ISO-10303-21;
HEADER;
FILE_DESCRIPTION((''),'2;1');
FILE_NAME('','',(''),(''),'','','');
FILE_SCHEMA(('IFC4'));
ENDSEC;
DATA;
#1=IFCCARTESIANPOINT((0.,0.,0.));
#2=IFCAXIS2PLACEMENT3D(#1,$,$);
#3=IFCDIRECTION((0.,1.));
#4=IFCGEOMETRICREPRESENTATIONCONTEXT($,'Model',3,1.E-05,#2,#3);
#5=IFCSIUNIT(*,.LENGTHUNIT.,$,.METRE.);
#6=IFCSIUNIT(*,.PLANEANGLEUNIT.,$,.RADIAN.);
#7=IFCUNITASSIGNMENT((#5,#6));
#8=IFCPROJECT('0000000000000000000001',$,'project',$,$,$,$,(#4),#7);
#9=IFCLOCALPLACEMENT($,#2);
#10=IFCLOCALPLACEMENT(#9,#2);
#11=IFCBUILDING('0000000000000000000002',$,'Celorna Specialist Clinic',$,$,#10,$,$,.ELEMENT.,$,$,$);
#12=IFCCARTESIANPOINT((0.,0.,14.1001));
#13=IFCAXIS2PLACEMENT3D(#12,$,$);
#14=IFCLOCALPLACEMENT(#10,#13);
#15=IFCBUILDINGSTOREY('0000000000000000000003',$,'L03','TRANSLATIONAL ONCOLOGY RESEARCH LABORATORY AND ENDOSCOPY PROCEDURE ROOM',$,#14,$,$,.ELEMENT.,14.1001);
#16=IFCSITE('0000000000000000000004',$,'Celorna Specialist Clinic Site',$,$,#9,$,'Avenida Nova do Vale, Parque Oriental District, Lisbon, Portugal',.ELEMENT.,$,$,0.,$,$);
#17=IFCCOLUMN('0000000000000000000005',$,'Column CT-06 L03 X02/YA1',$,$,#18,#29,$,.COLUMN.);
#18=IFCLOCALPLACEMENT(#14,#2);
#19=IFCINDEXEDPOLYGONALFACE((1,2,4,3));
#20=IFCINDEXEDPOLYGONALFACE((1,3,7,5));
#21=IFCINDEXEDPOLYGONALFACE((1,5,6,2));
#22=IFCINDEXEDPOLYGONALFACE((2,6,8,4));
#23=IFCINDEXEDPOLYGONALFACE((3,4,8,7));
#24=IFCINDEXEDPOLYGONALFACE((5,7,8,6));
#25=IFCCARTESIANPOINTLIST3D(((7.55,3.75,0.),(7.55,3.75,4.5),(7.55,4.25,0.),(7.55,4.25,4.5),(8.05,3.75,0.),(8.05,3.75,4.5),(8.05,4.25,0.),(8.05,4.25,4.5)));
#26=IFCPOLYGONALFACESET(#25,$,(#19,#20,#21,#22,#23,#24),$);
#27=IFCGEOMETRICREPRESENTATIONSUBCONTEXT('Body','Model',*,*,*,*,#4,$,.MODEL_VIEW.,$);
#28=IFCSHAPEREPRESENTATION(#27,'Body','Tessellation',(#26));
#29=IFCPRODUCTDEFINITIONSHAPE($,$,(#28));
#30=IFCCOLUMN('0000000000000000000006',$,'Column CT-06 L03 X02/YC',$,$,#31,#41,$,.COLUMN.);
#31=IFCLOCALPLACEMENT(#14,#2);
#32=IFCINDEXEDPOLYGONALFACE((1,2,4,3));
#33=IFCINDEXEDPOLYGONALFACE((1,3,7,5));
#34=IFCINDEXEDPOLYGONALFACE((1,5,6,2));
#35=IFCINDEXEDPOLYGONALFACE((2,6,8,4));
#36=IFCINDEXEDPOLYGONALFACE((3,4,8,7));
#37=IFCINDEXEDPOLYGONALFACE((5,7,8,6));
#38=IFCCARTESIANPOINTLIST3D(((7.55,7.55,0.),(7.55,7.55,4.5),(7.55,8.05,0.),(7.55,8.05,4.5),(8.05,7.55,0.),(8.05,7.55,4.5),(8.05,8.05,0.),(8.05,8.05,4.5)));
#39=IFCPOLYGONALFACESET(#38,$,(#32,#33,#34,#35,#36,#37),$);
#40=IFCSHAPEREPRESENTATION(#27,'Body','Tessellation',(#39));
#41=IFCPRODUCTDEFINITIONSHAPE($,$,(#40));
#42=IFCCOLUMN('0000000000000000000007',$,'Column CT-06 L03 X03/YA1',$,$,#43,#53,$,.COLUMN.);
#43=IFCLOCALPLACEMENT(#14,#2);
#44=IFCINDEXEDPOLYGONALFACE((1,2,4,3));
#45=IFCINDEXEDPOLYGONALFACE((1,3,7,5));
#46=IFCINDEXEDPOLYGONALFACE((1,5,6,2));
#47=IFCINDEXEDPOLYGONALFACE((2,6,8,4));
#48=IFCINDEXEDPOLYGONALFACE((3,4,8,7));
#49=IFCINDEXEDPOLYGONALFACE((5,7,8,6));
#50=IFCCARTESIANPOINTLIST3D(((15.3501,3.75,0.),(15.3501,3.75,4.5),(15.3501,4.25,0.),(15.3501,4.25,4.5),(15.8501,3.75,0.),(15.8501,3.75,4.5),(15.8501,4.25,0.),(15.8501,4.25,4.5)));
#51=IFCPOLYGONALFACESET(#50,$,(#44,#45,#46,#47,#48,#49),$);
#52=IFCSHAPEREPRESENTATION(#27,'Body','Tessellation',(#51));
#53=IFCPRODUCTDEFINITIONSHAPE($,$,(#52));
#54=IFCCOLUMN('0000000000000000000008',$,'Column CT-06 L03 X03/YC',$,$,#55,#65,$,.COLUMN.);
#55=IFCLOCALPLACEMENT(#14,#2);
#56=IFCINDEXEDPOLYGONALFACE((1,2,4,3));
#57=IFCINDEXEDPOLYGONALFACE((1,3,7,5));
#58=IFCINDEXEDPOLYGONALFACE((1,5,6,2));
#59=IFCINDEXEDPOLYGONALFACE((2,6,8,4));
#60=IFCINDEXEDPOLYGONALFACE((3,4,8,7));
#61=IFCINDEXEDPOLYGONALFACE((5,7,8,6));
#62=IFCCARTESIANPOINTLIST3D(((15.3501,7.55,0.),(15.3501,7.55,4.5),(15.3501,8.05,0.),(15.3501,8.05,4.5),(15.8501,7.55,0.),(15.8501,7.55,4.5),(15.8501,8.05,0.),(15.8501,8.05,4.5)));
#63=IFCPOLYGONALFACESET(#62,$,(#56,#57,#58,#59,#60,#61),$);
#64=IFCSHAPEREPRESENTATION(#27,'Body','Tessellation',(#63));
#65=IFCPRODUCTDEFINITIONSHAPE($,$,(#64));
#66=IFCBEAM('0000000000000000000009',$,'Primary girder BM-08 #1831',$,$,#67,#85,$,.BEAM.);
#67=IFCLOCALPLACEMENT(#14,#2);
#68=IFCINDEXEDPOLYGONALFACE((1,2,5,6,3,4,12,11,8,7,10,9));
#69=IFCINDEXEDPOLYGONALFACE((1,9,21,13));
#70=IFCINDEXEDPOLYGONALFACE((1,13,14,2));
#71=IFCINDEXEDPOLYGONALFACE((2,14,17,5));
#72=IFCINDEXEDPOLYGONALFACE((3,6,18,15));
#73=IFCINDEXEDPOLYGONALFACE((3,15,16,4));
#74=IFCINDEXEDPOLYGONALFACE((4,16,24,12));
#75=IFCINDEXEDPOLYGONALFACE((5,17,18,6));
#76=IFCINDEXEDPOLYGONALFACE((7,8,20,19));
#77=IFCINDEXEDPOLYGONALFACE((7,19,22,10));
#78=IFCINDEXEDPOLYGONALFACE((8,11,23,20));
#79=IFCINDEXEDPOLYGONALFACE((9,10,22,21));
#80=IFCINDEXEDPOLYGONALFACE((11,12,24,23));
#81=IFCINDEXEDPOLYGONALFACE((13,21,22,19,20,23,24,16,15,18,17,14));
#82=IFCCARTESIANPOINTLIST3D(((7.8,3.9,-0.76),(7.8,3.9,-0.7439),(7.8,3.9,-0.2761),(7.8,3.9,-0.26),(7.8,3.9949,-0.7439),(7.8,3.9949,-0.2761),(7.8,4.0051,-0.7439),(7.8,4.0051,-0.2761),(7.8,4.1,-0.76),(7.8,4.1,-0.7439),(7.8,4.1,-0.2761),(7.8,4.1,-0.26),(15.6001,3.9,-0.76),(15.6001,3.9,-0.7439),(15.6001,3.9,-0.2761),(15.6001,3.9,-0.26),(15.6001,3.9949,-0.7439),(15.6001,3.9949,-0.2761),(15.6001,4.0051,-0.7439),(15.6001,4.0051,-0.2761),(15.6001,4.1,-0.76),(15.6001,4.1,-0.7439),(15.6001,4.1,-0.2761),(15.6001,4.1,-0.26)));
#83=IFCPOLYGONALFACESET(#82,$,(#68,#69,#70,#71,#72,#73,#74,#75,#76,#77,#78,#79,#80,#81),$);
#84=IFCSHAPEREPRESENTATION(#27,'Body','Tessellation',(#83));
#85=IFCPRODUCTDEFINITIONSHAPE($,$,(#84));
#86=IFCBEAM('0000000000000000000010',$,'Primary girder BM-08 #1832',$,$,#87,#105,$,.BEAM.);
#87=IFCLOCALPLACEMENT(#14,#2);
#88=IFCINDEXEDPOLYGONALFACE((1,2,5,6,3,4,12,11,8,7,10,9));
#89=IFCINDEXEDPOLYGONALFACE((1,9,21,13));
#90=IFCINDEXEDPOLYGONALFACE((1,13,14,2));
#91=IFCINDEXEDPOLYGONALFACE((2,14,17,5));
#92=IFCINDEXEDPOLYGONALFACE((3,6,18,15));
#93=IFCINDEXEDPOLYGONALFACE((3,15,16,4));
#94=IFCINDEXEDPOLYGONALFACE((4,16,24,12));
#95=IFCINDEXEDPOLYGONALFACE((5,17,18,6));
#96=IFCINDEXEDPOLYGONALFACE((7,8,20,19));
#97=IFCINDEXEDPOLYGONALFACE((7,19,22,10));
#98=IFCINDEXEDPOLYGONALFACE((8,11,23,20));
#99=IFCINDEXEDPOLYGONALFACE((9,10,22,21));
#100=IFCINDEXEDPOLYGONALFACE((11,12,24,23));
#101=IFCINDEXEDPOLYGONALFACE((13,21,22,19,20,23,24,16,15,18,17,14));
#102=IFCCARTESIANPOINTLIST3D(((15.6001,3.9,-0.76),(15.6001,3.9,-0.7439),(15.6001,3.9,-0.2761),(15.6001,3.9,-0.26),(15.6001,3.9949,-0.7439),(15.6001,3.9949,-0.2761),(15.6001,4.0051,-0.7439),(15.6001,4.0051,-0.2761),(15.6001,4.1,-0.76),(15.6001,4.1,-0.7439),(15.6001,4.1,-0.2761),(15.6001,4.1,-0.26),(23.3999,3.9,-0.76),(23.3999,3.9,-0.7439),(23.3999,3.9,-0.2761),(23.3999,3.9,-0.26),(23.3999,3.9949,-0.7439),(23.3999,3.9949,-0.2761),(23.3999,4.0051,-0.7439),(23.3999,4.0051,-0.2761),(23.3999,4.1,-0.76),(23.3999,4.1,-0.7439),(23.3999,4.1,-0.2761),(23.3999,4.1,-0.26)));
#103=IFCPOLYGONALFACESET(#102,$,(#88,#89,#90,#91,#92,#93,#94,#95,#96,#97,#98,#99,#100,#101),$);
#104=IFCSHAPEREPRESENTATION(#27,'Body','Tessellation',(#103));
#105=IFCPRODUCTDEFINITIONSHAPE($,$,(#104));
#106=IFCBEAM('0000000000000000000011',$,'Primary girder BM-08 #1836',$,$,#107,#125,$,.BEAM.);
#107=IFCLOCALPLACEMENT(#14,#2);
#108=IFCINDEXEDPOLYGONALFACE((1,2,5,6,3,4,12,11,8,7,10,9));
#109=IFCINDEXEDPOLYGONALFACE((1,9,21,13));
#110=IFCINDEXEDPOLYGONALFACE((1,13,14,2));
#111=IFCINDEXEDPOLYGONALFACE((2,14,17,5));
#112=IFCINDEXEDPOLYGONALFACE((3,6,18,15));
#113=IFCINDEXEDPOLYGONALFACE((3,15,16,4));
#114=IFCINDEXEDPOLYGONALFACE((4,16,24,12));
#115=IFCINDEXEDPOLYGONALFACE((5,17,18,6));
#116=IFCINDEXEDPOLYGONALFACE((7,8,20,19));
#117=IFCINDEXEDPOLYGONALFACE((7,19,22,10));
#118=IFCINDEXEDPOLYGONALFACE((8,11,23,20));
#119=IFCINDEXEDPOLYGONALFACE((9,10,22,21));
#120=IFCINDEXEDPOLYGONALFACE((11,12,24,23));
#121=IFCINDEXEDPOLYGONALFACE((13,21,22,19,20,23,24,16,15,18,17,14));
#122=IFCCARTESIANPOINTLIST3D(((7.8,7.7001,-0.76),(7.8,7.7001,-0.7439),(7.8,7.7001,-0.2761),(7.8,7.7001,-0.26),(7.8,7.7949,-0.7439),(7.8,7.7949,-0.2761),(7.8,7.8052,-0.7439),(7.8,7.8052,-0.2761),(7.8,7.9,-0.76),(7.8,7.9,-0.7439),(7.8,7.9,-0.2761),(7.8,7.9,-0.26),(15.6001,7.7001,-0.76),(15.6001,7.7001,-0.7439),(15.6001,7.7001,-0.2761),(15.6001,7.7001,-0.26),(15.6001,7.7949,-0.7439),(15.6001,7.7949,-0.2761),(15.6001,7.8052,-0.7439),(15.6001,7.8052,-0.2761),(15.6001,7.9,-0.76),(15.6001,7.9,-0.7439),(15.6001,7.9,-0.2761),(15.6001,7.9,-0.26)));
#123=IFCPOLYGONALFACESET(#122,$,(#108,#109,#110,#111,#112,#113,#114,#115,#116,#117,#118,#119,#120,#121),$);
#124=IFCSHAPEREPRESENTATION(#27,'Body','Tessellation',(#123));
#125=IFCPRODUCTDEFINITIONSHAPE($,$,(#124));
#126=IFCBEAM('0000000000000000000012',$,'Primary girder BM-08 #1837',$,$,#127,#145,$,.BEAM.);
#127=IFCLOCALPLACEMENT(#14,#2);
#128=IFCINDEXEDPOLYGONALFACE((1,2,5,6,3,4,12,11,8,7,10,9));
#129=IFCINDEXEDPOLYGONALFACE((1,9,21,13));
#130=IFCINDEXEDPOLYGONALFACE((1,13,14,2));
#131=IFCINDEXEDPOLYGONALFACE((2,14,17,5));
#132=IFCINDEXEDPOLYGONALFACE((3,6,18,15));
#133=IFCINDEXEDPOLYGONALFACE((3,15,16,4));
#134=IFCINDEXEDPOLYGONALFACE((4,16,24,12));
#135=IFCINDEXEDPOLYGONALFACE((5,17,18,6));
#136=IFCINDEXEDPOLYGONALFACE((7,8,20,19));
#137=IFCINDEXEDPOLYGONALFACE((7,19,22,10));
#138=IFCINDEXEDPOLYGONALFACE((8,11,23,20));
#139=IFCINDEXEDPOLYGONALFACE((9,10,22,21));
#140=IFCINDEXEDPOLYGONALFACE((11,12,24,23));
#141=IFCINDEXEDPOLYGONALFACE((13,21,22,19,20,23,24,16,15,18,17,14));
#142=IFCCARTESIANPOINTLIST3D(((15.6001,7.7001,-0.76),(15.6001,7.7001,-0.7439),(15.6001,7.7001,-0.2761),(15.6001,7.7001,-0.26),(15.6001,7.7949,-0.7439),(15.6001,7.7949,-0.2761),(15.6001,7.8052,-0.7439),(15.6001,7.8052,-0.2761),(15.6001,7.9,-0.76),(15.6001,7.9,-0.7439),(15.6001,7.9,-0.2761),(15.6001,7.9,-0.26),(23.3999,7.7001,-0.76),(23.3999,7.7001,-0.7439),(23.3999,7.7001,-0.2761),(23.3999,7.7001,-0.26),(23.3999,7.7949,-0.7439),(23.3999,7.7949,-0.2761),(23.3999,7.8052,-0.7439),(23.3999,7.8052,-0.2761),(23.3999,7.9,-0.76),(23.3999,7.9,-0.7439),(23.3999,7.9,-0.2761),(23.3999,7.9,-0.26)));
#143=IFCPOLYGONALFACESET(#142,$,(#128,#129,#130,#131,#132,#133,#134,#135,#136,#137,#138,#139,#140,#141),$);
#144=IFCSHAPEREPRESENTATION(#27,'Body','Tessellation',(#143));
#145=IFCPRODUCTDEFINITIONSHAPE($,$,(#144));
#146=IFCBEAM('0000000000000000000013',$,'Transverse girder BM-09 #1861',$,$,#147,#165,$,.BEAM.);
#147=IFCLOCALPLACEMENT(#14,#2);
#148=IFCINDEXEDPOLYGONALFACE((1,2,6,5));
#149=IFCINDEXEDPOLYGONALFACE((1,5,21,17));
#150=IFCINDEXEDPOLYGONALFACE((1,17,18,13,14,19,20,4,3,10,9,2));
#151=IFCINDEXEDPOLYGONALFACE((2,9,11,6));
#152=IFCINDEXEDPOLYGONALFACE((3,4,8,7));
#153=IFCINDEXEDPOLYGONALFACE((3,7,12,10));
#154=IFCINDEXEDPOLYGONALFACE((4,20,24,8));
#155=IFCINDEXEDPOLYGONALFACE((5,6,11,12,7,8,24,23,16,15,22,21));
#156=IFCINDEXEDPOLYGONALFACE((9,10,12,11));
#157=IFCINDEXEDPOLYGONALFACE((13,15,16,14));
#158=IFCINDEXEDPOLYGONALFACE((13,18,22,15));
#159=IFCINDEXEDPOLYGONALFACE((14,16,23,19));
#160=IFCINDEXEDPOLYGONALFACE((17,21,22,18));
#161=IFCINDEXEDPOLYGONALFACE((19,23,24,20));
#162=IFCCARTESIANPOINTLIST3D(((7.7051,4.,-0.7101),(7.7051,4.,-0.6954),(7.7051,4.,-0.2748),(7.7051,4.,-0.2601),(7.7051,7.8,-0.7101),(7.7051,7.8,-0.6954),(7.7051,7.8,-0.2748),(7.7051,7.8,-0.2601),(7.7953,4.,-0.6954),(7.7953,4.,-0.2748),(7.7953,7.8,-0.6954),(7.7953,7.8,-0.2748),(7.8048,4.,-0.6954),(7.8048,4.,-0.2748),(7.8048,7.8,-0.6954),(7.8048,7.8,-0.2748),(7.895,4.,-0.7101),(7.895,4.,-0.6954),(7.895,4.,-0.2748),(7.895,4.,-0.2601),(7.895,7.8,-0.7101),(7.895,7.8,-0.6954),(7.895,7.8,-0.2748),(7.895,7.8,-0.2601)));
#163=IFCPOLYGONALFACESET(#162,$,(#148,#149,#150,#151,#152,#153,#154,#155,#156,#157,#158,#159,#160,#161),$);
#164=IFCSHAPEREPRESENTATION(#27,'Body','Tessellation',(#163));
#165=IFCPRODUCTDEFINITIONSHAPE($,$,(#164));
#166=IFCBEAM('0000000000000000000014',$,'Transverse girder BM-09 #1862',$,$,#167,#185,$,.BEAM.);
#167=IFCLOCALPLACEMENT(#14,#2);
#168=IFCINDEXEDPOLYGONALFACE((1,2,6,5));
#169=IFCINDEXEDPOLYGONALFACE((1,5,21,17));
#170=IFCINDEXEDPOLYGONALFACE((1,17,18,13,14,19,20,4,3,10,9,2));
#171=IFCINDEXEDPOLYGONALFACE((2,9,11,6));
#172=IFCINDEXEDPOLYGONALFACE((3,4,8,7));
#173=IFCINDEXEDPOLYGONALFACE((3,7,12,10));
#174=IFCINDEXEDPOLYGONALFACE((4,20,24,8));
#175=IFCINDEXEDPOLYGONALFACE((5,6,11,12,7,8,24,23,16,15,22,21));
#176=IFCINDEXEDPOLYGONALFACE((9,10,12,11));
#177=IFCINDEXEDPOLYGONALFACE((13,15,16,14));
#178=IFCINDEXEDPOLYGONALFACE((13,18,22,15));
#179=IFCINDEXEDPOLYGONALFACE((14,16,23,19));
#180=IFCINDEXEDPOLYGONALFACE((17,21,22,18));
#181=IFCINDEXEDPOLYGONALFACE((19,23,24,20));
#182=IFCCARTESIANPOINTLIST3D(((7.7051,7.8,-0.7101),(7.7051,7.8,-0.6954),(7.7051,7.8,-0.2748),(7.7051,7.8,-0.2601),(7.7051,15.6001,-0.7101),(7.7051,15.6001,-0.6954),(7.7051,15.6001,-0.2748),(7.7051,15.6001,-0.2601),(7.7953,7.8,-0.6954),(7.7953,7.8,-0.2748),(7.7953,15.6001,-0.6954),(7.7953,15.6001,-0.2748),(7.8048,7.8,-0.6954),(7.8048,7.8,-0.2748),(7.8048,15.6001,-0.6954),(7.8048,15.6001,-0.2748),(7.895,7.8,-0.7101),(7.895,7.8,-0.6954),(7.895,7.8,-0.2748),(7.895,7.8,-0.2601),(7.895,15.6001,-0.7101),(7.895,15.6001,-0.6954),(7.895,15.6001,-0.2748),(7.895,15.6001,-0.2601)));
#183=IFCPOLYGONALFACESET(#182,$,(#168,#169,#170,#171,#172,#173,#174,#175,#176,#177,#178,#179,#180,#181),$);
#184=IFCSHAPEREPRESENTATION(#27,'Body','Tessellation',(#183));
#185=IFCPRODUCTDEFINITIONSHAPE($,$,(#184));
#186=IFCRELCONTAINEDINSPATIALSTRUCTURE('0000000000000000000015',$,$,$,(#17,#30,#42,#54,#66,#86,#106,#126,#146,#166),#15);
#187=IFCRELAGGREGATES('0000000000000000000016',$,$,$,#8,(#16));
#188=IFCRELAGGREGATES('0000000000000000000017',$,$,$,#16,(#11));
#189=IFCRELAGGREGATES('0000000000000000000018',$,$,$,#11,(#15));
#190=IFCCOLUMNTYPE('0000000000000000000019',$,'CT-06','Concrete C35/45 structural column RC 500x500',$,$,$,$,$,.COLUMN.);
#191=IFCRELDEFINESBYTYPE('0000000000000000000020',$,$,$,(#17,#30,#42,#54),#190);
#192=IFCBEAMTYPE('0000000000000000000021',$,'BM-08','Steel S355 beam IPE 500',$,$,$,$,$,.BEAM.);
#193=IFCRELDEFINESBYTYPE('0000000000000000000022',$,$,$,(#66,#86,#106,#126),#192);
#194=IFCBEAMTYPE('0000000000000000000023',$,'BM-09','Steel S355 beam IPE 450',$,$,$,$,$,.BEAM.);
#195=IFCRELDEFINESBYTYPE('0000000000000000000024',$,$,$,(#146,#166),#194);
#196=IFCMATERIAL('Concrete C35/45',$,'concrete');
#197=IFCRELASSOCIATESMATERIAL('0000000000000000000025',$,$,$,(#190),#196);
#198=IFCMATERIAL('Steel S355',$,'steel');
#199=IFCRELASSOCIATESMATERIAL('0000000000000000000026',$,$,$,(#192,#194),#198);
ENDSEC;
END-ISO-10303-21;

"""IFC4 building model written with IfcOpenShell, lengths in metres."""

from ifc_helpers import new_model, si_unit, direction, frame, origin, origin_2d, place, context, subcontext, project, spatial, rectangle, i_section, extrude, material, material_profile, profile_set, type_object, element, save


model = new_model("IFC4")

# Units and contexts
model_context = context("Model", 3, precision=1e-05, world=origin(), true_north=direction((0.0, 1.0)))
body_context = subcontext(model_context, "Body", "Model", "MODEL_VIEW")
ifc_project = project(units=[si_unit("LENGTHUNIT", "METRE"), si_unit("PLANEANGLEUNIT", "RADIAN")], contexts=[model_context])

# Site, building, storey
site_placement = place(None, origin())
site = spatial("IfcSite", under=ifc_project, at=site_placement, Name="Celorna Specialist Clinic Site", LongName="Avenida Nova do Vale, Parque Oriental District, Lisbon, Portugal", CompositionType="ELEMENT", RefElevation=0.0)
building_placement = place(site_placement, origin())
building = spatial("IfcBuilding", under=site, at=building_placement, Name="Celorna Specialist Clinic", CompositionType="ELEMENT")
storey_placement = place(building_placement, frame((0.0, 0.0, 14.1001)))
storey = spatial("IfcBuildingStorey", under=building, at=storey_placement, Name="L03", Description="TRANSLATIONAL ONCOLOGY RESEARCH LABORATORY AND ENDOSCOPY PROCEDURE ROOM", CompositionType="ELEMENT", Elevation=14.1001)

# Columns
ifc_material_1 = material(Name="Concrete C35/45", Category="concrete")
ifc_material_profile_1 = material_profile(ifc_material_1, rectangle(XDim=0.5, YDim=0.5, at=origin_2d()), Name="RC 500x500")
ifc_profile_set_1 = profile_set([ifc_material_profile_1], Name="Concrete C35/45")
column_type = type_object("IfcColumnType", Name="CT-06", Description="Concrete C35/45 structural column RC 500x500", PredefinedType="COLUMN", material=ifc_profile_set_1)
for number, where, z_axis, x_axis, name in (
    (1, (7.8, 4.0, 0.0), (0.0, 0.0, 1.0), (1.0, 0.0, 0.0), "Column CT-06 L03 X02/YA1"),
    (2, (7.8, 7.8, 0.0), (0.0, 0.0, 1.0), (1.0, 0.0, 0.0), "Column CT-06 L03 X02/YC"),
    (3, (15.6001, 4.0, 0.0), (0.0, 0.0, 1.0), (1.0, 0.0, 0.0), "Column CT-06 L03 X03/YA1"),
    (4, (15.6001, 7.8, 0.0), (0.0, 0.0, 1.0), (1.0, 0.0, 0.0), "Column CT-06 L03 X03/YC"),
):
    element("IfcColumn", number, at=place(storey_placement, frame(where, z_axis=z_axis, x_axis=x_axis)), inside=storey, type_object=column_type, Name=name, PredefinedType="COLUMN", context=body_context, shape_type="SweptSolid", body=[
        extrude(rectangle(XDim=0.5, YDim=0.5, at=origin_2d()), origin(), (0.0, 0.0, 1.0), 4.5),
    ])

# Beams
ifc_material_2 = material(Name="Steel S355", Category="steel")
ifc_material_profile_2 = material_profile(ifc_material_2, i_section(OverallWidth=0.2, OverallDepth=0.5, WebThickness=0.0103, FlangeThickness=0.0161, at=origin_2d()), Name="IPE 500")
ifc_profile_set_2 = profile_set([ifc_material_profile_2], Name="Steel S355")
beam_type_1 = type_object("IfcBeamType", Name="BM-08", Description="Steel S355 beam IPE 500", PredefinedType="BEAM", material=ifc_profile_set_2)
beam_1_placement = place(storey_placement, frame((7.8, 4.0, -0.51), z_axis=(1.0, 0.0, 0.0), x_axis=(0.0, 1.0, 0.0)))
element("IfcBeam", 5, at=beam_1_placement, inside=storey, type_object=beam_type_1, Name="Primary girder BM-08 #1831", PredefinedType="BEAM", context=body_context, shape_type="SweptSolid", body=[
    extrude(i_section(OverallWidth=0.2, OverallDepth=0.5, WebThickness=0.0103, FlangeThickness=0.0161, at=origin_2d()), origin(), (0.0, 0.0, 1.0), 7.8),
])
beam_2_placement = place(storey_placement, frame((15.6001, 4.0, -0.51), z_axis=(1.0, 0.0, 0.0), x_axis=(0.0, 1.0, 0.0)))
element("IfcBeam", 6, at=beam_2_placement, inside=storey, type_object=beam_type_1, Name="Primary girder BM-08 #1832", PredefinedType="BEAM", context=body_context, shape_type="SweptSolid", body=[
    extrude(i_section(OverallWidth=0.2, OverallDepth=0.5, WebThickness=0.0103, FlangeThickness=0.0161, at=origin_2d()), origin(), (0.0, 0.0, 1.0), 7.7998),
])
beam_3_placement = place(storey_placement, frame((7.8, 7.8, -0.51), z_axis=(1.0, 0.0, 0.0), x_axis=(0.0, 1.0, 0.0)))
element("IfcBeam", 7, at=beam_3_placement, inside=storey, type_object=beam_type_1, Name="Primary girder BM-08 #1836", PredefinedType="BEAM", context=body_context, shape_type="SweptSolid", body=[
    extrude(i_section(OverallWidth=0.2, OverallDepth=0.5, WebThickness=0.0103, FlangeThickness=0.0161, at=origin_2d()), origin(), (0.0, 0.0, 1.0), 7.8),
])
beam_4_placement = place(storey_placement, frame((15.6001, 7.8, -0.51), z_axis=(1.0, 0.0, 0.0), x_axis=(0.0, 1.0, 0.0)))
element("IfcBeam", 8, at=beam_4_placement, inside=storey, type_object=beam_type_1, Name="Primary girder BM-08 #1837", PredefinedType="BEAM", context=body_context, shape_type="SweptSolid", body=[
    extrude(i_section(OverallWidth=0.2, OverallDepth=0.5, WebThickness=0.0103, FlangeThickness=0.0161, at=origin_2d()), origin(), (0.0, 0.0, 1.0), 7.7998),
])
ifc_material_profile_3 = material_profile(ifc_material_2, i_section(OverallWidth=0.1899, OverallDepth=0.45, WebThickness=0.0095, FlangeThickness=0.0146, at=origin_2d()), Name="IPE 450")
ifc_profile_set_3 = profile_set([ifc_material_profile_3], Name="Steel S355")
beam_type_2 = type_object("IfcBeamType", Name="BM-09", Description="Steel S355 beam IPE 450", PredefinedType="BEAM", material=ifc_profile_set_3)
beam_5_placement = place(storey_placement, frame((7.8, 4.0, -0.4851), z_axis=(0.0, 1.0, 0.0), x_axis=(-1.0, 0.0, 0.0)))
element("IfcBeam", 9, at=beam_5_placement, inside=storey, type_object=beam_type_2, Name="Transverse girder BM-09 #1861", PredefinedType="BEAM", context=body_context, shape_type="SweptSolid", body=[
    extrude(i_section(OverallWidth=0.1899, OverallDepth=0.45, WebThickness=0.0095, FlangeThickness=0.0146, at=origin_2d()), origin(), (0.0, 0.0, 1.0), 3.8),
])
beam_6_placement = place(storey_placement, frame((7.8, 7.8, -0.4851), z_axis=(0.0, 1.0, 0.0), x_axis=(-1.0, 0.0, 0.0)))
element("IfcBeam", 10, at=beam_6_placement, inside=storey, type_object=beam_type_2, Name="Transverse girder BM-09 #1862", PredefinedType="BEAM", context=body_context, shape_type="SweptSolid", body=[
    extrude(i_section(OverallWidth=0.1899, OverallDepth=0.45, WebThickness=0.0095, FlangeThickness=0.0146, at=origin_2d()), origin(), (0.0, 0.0, 1.0), 7.8),
])

save(model, "model.ifc")
